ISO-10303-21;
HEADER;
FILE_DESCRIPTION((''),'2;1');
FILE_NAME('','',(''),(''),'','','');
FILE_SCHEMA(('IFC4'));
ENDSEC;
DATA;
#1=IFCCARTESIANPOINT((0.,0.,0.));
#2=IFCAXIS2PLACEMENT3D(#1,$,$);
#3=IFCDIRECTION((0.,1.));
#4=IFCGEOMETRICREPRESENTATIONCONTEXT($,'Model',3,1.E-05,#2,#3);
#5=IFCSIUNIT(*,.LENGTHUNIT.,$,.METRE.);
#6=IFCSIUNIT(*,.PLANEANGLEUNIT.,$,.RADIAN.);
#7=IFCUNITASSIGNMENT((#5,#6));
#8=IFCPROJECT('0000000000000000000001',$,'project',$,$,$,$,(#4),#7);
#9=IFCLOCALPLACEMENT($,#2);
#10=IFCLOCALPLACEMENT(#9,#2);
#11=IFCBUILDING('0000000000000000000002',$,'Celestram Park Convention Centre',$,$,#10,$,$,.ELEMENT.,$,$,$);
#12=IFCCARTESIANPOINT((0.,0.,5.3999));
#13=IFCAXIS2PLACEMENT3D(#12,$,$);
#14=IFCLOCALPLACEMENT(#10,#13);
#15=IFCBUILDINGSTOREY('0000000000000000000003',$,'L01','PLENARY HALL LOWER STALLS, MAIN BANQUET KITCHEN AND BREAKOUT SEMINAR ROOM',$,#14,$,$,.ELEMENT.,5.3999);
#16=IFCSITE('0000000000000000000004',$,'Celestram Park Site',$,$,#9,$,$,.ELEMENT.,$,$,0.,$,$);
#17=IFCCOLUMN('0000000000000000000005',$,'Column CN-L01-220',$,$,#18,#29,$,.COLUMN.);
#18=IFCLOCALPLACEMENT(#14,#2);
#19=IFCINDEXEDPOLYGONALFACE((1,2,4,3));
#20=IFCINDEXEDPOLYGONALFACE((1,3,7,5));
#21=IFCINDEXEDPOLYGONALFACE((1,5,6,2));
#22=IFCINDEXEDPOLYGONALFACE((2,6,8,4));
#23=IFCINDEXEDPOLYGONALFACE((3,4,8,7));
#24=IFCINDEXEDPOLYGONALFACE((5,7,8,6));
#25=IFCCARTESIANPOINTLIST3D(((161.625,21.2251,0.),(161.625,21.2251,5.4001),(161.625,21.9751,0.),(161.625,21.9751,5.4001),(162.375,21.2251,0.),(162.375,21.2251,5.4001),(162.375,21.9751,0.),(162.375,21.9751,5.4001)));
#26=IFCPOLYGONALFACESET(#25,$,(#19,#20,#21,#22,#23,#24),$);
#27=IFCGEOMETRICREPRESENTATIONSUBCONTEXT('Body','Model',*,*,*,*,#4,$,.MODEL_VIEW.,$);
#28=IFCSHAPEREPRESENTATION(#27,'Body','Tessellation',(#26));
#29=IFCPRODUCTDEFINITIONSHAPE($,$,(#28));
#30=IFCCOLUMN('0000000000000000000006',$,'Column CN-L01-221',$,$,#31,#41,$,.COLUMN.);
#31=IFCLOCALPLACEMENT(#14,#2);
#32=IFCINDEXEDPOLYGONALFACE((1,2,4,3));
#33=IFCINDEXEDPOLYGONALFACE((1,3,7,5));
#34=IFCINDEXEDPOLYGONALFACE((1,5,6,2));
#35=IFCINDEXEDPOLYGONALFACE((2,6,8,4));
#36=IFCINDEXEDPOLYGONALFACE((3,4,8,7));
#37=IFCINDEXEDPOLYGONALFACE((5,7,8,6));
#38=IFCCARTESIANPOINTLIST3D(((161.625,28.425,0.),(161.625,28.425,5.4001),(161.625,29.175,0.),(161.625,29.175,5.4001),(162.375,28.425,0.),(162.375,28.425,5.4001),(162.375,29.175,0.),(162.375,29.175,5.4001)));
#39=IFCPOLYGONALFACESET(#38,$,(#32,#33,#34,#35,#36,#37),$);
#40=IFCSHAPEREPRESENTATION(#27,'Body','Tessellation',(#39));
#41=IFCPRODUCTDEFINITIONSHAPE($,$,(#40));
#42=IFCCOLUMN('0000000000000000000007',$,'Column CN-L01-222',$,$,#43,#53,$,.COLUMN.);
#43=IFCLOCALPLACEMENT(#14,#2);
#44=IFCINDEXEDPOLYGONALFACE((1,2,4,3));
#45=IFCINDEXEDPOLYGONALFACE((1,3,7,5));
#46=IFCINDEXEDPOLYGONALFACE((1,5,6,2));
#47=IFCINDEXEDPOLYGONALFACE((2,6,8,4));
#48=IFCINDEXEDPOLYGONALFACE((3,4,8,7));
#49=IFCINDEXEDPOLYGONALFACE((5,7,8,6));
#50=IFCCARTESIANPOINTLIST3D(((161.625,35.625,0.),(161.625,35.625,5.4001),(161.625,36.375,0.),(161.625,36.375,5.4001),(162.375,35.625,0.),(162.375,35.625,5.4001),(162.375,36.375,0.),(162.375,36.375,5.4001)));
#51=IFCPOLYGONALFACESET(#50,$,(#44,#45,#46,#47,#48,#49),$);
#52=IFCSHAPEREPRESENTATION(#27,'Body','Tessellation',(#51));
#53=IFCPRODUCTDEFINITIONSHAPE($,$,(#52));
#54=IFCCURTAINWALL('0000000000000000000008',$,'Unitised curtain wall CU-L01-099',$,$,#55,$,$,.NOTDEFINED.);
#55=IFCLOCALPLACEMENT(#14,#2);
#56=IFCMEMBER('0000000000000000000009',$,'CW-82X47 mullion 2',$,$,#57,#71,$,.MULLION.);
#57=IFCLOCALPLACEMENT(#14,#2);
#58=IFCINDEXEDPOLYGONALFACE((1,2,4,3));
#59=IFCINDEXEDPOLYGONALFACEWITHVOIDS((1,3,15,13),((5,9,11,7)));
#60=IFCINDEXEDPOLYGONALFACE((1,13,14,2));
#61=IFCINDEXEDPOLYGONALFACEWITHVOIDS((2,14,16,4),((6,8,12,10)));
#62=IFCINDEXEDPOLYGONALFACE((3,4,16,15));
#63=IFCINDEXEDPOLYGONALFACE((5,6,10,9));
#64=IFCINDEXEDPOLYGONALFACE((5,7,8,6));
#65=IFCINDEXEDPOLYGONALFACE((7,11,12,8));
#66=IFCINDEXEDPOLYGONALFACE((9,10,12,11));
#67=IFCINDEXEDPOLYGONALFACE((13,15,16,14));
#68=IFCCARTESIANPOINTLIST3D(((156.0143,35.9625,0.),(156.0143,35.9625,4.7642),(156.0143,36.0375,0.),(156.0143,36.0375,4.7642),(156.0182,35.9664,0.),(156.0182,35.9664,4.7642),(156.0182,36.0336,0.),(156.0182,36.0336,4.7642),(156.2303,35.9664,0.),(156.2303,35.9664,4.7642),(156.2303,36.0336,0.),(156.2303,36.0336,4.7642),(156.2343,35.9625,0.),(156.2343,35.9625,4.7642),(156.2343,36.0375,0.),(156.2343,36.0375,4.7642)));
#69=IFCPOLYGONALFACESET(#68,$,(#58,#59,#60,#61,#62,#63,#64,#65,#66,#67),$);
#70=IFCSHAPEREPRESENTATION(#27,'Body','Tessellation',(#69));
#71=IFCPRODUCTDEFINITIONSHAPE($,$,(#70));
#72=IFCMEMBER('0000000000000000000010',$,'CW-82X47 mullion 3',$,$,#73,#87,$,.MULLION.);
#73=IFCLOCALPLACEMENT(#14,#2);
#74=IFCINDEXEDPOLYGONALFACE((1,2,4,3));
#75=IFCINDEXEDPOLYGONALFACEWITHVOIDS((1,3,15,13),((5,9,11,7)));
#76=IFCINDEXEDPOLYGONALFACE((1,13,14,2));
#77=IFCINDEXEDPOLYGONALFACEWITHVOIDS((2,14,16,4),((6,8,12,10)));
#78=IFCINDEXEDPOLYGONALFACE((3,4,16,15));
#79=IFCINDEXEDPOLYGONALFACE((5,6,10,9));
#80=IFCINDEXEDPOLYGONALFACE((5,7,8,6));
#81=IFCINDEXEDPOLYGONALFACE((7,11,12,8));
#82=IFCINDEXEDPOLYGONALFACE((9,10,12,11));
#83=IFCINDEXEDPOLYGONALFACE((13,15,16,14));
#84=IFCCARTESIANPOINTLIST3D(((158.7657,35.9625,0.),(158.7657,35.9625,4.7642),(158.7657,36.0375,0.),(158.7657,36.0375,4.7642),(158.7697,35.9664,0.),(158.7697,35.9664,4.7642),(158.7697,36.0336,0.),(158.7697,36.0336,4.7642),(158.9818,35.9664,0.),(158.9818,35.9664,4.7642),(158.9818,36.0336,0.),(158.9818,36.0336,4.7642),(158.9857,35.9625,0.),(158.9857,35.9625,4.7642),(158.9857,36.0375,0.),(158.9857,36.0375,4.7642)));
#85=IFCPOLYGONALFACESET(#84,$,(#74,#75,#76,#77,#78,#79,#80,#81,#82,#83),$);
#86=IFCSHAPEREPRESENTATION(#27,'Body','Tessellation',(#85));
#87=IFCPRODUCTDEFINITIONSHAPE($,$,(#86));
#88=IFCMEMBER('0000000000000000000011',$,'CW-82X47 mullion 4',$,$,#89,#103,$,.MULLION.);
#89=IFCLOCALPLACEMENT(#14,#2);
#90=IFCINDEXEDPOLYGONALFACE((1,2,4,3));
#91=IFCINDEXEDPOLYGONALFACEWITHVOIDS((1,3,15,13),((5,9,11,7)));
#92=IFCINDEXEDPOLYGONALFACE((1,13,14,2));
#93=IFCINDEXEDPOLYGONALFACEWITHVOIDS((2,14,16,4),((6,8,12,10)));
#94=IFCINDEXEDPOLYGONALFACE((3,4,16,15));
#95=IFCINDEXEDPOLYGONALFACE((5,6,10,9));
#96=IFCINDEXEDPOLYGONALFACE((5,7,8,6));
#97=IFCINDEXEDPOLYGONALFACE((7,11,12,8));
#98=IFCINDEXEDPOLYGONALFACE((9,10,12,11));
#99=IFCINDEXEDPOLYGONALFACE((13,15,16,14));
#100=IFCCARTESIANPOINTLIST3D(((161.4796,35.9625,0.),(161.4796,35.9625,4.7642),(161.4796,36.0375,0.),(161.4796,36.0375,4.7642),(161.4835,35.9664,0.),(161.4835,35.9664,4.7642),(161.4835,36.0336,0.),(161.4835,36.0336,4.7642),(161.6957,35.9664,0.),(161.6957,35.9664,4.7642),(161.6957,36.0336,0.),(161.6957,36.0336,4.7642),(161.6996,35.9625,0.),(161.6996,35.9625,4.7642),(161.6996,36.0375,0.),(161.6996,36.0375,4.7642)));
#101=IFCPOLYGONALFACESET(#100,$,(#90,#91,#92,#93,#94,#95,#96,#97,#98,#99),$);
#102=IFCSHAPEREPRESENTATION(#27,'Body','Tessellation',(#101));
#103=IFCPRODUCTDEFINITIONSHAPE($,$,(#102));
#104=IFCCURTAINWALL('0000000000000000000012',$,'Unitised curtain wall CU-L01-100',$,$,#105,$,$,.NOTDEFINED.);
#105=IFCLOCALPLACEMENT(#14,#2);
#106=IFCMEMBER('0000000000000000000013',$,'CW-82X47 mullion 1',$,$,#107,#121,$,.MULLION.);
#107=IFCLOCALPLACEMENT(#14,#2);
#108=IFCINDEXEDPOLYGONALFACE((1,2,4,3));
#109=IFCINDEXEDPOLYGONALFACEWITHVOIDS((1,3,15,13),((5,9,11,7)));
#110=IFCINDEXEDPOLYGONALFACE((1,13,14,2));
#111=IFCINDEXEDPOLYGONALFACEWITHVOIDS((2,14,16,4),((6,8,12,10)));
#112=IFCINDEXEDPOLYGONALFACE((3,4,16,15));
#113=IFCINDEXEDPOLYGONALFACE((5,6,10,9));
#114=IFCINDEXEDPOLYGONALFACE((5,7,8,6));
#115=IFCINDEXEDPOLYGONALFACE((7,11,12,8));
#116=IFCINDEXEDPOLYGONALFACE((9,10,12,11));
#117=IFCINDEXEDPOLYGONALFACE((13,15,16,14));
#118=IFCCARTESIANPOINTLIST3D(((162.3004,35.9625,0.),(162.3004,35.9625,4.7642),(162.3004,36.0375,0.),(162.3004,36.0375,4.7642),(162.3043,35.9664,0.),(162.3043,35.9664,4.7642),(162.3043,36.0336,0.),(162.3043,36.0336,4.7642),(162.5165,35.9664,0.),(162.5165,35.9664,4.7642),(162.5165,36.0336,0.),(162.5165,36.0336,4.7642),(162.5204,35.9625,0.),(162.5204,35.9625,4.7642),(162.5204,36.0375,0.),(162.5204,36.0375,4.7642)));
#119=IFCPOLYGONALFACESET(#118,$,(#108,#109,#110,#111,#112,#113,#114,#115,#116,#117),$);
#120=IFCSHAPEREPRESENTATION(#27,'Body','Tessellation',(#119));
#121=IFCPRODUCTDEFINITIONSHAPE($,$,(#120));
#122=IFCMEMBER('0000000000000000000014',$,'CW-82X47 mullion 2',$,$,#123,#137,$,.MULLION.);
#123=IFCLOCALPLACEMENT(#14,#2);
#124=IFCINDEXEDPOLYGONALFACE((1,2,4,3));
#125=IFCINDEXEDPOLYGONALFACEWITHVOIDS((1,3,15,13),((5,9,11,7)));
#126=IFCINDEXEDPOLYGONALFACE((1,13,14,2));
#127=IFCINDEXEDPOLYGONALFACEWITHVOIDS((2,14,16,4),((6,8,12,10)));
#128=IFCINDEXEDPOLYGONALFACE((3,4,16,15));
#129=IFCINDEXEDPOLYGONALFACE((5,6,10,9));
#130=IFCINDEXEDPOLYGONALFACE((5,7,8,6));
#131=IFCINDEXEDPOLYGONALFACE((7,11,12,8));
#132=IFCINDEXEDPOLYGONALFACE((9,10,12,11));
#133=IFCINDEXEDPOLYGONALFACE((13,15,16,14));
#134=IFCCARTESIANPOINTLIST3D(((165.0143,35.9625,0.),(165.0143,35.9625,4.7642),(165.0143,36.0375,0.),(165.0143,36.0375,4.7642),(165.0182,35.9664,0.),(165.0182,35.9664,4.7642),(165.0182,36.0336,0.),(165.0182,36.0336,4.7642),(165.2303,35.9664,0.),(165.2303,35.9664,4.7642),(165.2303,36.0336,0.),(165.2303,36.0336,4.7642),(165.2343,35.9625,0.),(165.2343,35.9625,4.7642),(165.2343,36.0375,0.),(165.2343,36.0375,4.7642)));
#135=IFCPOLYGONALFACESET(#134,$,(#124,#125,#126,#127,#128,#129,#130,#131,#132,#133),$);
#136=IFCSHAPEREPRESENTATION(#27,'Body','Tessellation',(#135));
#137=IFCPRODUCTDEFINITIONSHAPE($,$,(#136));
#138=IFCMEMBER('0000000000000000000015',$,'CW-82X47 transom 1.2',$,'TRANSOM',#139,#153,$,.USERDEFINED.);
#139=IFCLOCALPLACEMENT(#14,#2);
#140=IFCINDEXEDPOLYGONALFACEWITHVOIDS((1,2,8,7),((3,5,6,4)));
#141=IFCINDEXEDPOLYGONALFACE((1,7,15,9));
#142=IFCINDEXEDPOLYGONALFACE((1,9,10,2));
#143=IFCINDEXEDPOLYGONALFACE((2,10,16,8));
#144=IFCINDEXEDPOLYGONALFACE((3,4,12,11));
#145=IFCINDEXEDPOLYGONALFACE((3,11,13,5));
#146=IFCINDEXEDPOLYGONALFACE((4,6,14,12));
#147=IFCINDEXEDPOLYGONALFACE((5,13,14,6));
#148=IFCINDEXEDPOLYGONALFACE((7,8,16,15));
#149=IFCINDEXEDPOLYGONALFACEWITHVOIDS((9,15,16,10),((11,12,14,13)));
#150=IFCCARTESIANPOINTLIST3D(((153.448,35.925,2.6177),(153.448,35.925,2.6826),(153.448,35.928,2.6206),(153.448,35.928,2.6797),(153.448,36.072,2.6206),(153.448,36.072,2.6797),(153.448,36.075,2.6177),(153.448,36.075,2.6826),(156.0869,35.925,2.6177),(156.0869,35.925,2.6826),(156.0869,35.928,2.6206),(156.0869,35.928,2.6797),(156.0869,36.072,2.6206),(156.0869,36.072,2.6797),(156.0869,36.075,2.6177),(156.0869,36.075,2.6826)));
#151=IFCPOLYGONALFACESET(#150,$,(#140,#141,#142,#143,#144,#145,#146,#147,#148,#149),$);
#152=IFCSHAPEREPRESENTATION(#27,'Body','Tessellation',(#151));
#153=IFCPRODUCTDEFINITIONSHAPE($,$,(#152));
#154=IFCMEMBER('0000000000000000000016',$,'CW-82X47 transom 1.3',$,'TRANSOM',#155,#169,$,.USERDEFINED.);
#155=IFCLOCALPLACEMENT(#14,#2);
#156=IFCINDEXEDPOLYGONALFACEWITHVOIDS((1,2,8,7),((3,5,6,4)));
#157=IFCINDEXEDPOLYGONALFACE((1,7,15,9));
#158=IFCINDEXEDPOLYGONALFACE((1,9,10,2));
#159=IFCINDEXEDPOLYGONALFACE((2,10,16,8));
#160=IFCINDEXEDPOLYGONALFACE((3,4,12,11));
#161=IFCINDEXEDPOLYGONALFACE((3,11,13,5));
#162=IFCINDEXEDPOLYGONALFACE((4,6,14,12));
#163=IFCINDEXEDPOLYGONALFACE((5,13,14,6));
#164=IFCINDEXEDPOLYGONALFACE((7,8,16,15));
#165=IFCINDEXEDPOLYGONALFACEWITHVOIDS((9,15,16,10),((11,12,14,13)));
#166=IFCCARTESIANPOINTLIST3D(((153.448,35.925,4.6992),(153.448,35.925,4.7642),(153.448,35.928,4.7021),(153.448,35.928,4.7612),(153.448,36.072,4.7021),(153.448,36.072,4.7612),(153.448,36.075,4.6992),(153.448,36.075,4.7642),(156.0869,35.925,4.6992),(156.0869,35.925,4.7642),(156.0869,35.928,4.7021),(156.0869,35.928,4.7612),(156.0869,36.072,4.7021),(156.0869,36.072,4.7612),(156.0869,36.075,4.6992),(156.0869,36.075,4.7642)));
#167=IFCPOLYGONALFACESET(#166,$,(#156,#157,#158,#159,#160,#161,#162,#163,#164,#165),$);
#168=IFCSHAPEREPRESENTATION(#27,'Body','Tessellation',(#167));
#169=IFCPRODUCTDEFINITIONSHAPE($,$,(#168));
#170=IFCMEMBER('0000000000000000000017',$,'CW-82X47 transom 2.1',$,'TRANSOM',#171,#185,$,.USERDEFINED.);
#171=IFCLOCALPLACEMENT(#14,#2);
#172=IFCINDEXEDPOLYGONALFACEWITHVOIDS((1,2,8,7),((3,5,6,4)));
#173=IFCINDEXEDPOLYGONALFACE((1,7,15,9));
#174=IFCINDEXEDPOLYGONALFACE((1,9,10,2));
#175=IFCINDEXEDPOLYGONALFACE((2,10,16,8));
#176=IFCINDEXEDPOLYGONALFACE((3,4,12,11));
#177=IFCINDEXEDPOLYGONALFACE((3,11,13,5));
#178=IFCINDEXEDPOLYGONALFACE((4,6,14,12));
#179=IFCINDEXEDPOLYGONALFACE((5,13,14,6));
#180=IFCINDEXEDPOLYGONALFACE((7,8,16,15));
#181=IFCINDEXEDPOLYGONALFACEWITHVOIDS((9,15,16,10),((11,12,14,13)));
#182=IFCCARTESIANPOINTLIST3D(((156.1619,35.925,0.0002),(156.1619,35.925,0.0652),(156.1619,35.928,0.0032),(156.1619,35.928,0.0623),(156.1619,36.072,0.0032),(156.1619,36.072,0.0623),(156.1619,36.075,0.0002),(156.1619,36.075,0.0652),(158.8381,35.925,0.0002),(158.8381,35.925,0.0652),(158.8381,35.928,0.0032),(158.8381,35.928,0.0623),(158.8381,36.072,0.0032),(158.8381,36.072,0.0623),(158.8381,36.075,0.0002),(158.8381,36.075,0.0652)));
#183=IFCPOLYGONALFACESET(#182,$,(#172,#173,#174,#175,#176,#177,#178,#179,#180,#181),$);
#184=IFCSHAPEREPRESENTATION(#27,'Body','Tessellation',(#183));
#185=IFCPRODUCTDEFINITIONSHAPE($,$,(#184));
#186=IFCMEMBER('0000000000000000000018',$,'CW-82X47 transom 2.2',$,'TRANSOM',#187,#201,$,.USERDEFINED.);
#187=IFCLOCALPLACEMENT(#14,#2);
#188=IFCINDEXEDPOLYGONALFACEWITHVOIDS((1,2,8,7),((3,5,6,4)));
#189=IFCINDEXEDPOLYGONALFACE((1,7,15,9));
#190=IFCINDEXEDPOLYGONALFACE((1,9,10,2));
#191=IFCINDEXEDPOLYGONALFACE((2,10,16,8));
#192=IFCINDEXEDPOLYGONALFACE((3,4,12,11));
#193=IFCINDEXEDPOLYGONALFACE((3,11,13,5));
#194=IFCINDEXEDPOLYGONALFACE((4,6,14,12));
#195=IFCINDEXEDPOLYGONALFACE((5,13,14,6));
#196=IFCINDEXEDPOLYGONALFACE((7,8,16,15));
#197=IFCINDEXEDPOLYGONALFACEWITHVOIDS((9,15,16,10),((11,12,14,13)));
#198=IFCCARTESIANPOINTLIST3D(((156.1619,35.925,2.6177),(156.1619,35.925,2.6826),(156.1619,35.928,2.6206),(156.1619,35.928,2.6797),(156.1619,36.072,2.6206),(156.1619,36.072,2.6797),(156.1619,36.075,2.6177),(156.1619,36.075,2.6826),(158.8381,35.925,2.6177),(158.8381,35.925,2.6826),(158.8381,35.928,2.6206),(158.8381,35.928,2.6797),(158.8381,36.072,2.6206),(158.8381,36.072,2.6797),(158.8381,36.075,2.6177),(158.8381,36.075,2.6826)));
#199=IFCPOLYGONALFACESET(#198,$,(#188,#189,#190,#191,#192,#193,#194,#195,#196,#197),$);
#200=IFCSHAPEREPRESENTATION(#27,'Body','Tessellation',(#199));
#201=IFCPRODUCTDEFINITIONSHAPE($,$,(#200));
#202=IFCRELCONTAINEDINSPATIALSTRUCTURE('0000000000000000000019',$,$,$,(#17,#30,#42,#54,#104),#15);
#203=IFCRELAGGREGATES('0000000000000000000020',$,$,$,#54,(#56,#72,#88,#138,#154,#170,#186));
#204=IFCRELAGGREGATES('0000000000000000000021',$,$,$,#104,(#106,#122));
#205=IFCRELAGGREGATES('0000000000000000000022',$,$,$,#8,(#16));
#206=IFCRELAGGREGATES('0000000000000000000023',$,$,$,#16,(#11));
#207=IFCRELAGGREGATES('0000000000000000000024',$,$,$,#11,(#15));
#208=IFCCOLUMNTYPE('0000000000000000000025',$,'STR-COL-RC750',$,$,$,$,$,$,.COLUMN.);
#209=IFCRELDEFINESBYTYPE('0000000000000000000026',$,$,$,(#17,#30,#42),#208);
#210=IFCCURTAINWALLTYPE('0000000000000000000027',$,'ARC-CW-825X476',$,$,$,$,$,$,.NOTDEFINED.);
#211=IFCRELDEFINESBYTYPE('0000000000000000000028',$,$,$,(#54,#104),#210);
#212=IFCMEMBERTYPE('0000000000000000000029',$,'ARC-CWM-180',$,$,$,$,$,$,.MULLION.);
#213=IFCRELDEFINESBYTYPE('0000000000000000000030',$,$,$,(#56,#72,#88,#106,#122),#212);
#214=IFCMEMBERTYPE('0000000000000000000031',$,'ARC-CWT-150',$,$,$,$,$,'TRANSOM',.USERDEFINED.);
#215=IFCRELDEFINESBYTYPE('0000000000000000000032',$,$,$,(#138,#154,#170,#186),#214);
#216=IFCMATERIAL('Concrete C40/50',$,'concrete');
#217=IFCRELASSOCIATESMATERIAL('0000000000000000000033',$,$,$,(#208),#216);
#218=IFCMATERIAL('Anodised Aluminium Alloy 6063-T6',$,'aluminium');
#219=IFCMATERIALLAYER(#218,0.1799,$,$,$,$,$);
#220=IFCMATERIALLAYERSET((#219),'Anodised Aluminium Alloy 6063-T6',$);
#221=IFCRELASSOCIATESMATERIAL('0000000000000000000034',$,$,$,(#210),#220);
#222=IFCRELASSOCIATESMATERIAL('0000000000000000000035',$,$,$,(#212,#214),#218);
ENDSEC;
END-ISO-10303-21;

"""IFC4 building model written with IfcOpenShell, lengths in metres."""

from ifc_helpers import new_model, si_unit, direction, frame, origin, origin_2d, place, context, subcontext, project, spatial, rectangle, hollow_rectangle, extrude, material, layer, layer_set, material_profile, profile_set, type_object, element, aggregate, save


model = new_model("IFC4")

# Units and contexts
model_context = context("Model", 3, precision=1e-05, world=origin(), true_north=direction((0.0, 1.0)))
body_context = subcontext(model_context, "Body", "Model", "MODEL_VIEW")
ifc_project = project(units=[si_unit("LENGTHUNIT", "METRE"), si_unit("PLANEANGLEUNIT", "RADIAN")], contexts=[model_context])

# Site, building, storey
site_placement = place(None, origin())
site = spatial("IfcSite", under=ifc_project, at=site_placement, Name="Celestram Park Site", CompositionType="ELEMENT", RefElevation=0.0)
building_placement = place(site_placement, origin())
building = spatial("IfcBuilding", under=site, at=building_placement, Name="Celestram Park Convention Centre", CompositionType="ELEMENT")
storey_placement = place(building_placement, frame((0.0, 0.0, 5.3999)))
storey = spatial("IfcBuildingStorey", under=building, at=storey_placement, Name="L01", Description="PLENARY HALL LOWER STALLS, MAIN BANQUET KITCHEN AND BREAKOUT SEMINAR ROOM", CompositionType="ELEMENT", Elevation=5.3999)

# Columns
ifc_material_1 = material(Name="Concrete C40/50", Category="concrete")
ifc_material_profile_1 = material_profile(ifc_material_1, rectangle(XDim=0.75, YDim=0.75, at=origin_2d()), Name="RC750X750")
ifc_profile_set_1 = profile_set([ifc_material_profile_1], Name="Concrete C40/50")
column_type = type_object("IfcColumnType", Name="STR-COL-RC750", PredefinedType="COLUMN", material=ifc_profile_set_1)
for number, where, z_axis, x_axis, name in (
    (1, (162.0, 21.6001, 0.0), (0.0, 0.0, 1.0), (1.0, 0.0, 0.0), "Column CN-L01-220"),
    (2, (162.0, 28.8, 0.0), (0.0, 0.0, 1.0), (1.0, 0.0, 0.0), "Column CN-L01-221"),
    (3, (162.0, 36.0, 0.0), (0.0, 0.0, 1.0), (1.0, 0.0, 0.0), "Column CN-L01-222"),
):
    element("IfcColumn", number, at=place(storey_placement, frame(where, z_axis=z_axis, x_axis=x_axis)), inside=storey, type_object=column_type, Name=name, PredefinedType="COLUMN", context=body_context, shape_type="SweptSolid", body=[
        extrude(rectangle(XDim=0.75, YDim=0.75, at=origin_2d()), origin(), (0.0, 0.0, 1.0), 5.4001),
    ])

# Curtain walls, members
ifc_material_2 = material(Name="Anodised Aluminium Alloy 6063-T6", Category="aluminium")
ifc_layer_1 = layer(ifc_material_2, 0.1799)
ifc_layer_set_1 = layer_set([ifc_layer_1], Name="Anodised Aluminium Alloy 6063-T6")
curtain_wall_type = type_object("IfcCurtainWallType", Name="ARC-CW-825X476", PredefinedType="NOTDEFINED", material=ifc_layer_set_1)
curtain_wall_1_placement = place(storey_placement, origin())
curtain_wall_1 = element("IfcCurtainWall", 4, at=curtain_wall_1_placement, inside=storey, type_object=curtain_wall_type, Name="Unitised curtain wall CU-L01-099", PredefinedType="NOTDEFINED")
ifc_material_profile_2 = material_profile(ifc_material_2, hollow_rectangle(XDim=0.075, YDim=0.22, WallThickness=0.0039, at=origin_2d()), Name="ALU75X220X4")
ifc_profile_set_2 = profile_set([ifc_material_profile_2], Name="Anodised Aluminium Alloy 6063-T6")
member_type_1 = type_object("IfcMemberType", Name="ARC-CWM-180", PredefinedType="MULLION", material=ifc_profile_set_2)
member_1_placement = place(storey_placement, frame((156.1243, 36.0, 0.0), z_axis=(0.0, 0.0, 1.0), x_axis=(0.0, 1.0, 0.0)))
member_1 = element("IfcMember", 5, at=member_1_placement, type_object=member_type_1, Name="CW-82X47 mullion 2", PredefinedType="MULLION", context=body_context, shape_type="SweptSolid", body=[
    extrude(hollow_rectangle(XDim=0.075, YDim=0.22, WallThickness=0.0039, at=origin_2d()), origin(), (0.0, 0.0, 1.0), 4.7642),
])
member_2_placement = place(storey_placement, frame((158.8757, 36.0, 0.0), z_axis=(0.0, 0.0, 1.0), x_axis=(0.0, 1.0, 0.0)))
member_2 = element("IfcMember", 6, at=member_2_placement, type_object=member_type_1, Name="CW-82X47 mullion 3", PredefinedType="MULLION", context=body_context, shape_type="SweptSolid", body=[
    extrude(hollow_rectangle(XDim=0.075, YDim=0.22, WallThickness=0.0039, at=origin_2d()), origin(), (0.0, 0.0, 1.0), 4.7642),
])
member_3_placement = place(storey_placement, frame((161.5896, 36.0, 0.0), z_axis=(0.0, 0.0, 1.0), x_axis=(0.0, 1.0, 0.0)))
member_3 = element("IfcMember", 7, at=member_3_placement, type_object=member_type_1, Name="CW-82X47 mullion 4", PredefinedType="MULLION", context=body_context, shape_type="SweptSolid", body=[
    extrude(hollow_rectangle(XDim=0.075, YDim=0.22, WallThickness=0.0039, at=origin_2d()), origin(), (0.0, 0.0, 1.0), 4.7642),
])
curtain_wall_2_placement = place(storey_placement, origin())
curtain_wall_2 = element("IfcCurtainWall", 8, at=curtain_wall_2_placement, inside=storey, type_object=curtain_wall_type, Name="Unitised curtain wall CU-L01-100", PredefinedType="NOTDEFINED")
member_4_placement = place(storey_placement, frame((162.4104, 36.0, 0.0), z_axis=(0.0, 0.0, 1.0), x_axis=(0.0, 1.0, 0.0)))
member_4 = element("IfcMember", 9, at=member_4_placement, type_object=member_type_1, Name="CW-82X47 mullion 1", PredefinedType="MULLION", context=body_context, shape_type="SweptSolid", body=[
    extrude(hollow_rectangle(XDim=0.075, YDim=0.22, WallThickness=0.0039, at=origin_2d()), origin(), (0.0, 0.0, 1.0), 4.7642),
])
member_5_placement = place(storey_placement, frame((165.1243, 36.0, 0.0), z_axis=(0.0, 0.0, 1.0), x_axis=(0.0, 1.0, 0.0)))
member_5 = element("IfcMember", 10, at=member_5_placement, type_object=member_type_1, Name="CW-82X47 mullion 2", PredefinedType="MULLION", context=body_context, shape_type="SweptSolid", body=[
    extrude(hollow_rectangle(XDim=0.075, YDim=0.22, WallThickness=0.0039, at=origin_2d()), origin(), (0.0, 0.0, 1.0), 4.7642),
])

# Members
ifc_material_profile_3 = material_profile(ifc_material_2, hollow_rectangle(XDim=0.1499, YDim=0.0649, WallThickness=0.0029, at=origin_2d()), Name="ALU150X65X3")
ifc_profile_set_3 = profile_set([ifc_material_profile_3], Name="Anodised Aluminium Alloy 6063-T6")
member_type_2 = type_object("IfcMemberType", Name="ARC-CWT-150", ElementType="TRANSOM", PredefinedType="USERDEFINED", material=ifc_profile_set_3)
member_6_placement = place(storey_placement, frame((153.448, 36.0, 2.6501), z_axis=(1.0, 0.0, 0.0), x_axis=(0.0, 1.0, 0.0)))
member_6 = element("IfcMember", 11, at=member_6_placement, type_object=member_type_2, Name="CW-82X47 transom 1.2", ObjectType="TRANSOM", PredefinedType="USERDEFINED", context=body_context, shape_type="SweptSolid", body=[
    extrude(hollow_rectangle(XDim=0.1499, YDim=0.0649, WallThickness=0.0029, at=origin_2d()), origin(), (0.0, 0.0, 1.0), 2.6389),
])
member_7_placement = place(storey_placement, frame((153.448, 36.0, 4.7317), z_axis=(1.0, 0.0, 0.0), x_axis=(0.0, 1.0, 0.0)))
member_7 = element("IfcMember", 12, at=member_7_placement, type_object=member_type_2, Name="CW-82X47 transom 1.3", ObjectType="TRANSOM", PredefinedType="USERDEFINED", context=body_context, shape_type="SweptSolid", body=[
    extrude(hollow_rectangle(XDim=0.1499, YDim=0.0649, WallThickness=0.0029, at=origin_2d()), origin(), (0.0, 0.0, 1.0), 2.6389),
])
member_8_placement = place(storey_placement, frame((156.1619, 36.0, 0.0327), z_axis=(1.0, 0.0, 0.0), x_axis=(0.0, 1.0, 0.0)))
member_8 = element("IfcMember", 13, at=member_8_placement, type_object=member_type_2, Name="CW-82X47 transom 2.1", ObjectType="TRANSOM", PredefinedType="USERDEFINED", context=body_context, shape_type="SweptSolid", body=[
    extrude(hollow_rectangle(XDim=0.1499, YDim=0.0649, WallThickness=0.0029, at=origin_2d()), origin(), (0.0, 0.0, 1.0), 2.6763),
])
member_9_placement = place(storey_placement, frame((156.1619, 36.0, 2.6501), z_axis=(1.0, 0.0, 0.0), x_axis=(0.0, 1.0, 0.0)))
member_9 = element("IfcMember", 14, at=member_9_placement, type_object=member_type_2, Name="CW-82X47 transom 2.2", ObjectType="TRANSOM", PredefinedType="USERDEFINED", context=body_context, shape_type="SweptSolid", body=[
    extrude(hollow_rectangle(XDim=0.1499, YDim=0.0649, WallThickness=0.0029, at=origin_2d()), origin(), (0.0, 0.0, 1.0), 2.6763),
])

aggregate(curtain_wall_1, [member_1, member_2, member_3, member_6, member_7, member_8, member_9])
aggregate(curtain_wall_2, [member_4, member_5])

save(model, "model.ifc")
